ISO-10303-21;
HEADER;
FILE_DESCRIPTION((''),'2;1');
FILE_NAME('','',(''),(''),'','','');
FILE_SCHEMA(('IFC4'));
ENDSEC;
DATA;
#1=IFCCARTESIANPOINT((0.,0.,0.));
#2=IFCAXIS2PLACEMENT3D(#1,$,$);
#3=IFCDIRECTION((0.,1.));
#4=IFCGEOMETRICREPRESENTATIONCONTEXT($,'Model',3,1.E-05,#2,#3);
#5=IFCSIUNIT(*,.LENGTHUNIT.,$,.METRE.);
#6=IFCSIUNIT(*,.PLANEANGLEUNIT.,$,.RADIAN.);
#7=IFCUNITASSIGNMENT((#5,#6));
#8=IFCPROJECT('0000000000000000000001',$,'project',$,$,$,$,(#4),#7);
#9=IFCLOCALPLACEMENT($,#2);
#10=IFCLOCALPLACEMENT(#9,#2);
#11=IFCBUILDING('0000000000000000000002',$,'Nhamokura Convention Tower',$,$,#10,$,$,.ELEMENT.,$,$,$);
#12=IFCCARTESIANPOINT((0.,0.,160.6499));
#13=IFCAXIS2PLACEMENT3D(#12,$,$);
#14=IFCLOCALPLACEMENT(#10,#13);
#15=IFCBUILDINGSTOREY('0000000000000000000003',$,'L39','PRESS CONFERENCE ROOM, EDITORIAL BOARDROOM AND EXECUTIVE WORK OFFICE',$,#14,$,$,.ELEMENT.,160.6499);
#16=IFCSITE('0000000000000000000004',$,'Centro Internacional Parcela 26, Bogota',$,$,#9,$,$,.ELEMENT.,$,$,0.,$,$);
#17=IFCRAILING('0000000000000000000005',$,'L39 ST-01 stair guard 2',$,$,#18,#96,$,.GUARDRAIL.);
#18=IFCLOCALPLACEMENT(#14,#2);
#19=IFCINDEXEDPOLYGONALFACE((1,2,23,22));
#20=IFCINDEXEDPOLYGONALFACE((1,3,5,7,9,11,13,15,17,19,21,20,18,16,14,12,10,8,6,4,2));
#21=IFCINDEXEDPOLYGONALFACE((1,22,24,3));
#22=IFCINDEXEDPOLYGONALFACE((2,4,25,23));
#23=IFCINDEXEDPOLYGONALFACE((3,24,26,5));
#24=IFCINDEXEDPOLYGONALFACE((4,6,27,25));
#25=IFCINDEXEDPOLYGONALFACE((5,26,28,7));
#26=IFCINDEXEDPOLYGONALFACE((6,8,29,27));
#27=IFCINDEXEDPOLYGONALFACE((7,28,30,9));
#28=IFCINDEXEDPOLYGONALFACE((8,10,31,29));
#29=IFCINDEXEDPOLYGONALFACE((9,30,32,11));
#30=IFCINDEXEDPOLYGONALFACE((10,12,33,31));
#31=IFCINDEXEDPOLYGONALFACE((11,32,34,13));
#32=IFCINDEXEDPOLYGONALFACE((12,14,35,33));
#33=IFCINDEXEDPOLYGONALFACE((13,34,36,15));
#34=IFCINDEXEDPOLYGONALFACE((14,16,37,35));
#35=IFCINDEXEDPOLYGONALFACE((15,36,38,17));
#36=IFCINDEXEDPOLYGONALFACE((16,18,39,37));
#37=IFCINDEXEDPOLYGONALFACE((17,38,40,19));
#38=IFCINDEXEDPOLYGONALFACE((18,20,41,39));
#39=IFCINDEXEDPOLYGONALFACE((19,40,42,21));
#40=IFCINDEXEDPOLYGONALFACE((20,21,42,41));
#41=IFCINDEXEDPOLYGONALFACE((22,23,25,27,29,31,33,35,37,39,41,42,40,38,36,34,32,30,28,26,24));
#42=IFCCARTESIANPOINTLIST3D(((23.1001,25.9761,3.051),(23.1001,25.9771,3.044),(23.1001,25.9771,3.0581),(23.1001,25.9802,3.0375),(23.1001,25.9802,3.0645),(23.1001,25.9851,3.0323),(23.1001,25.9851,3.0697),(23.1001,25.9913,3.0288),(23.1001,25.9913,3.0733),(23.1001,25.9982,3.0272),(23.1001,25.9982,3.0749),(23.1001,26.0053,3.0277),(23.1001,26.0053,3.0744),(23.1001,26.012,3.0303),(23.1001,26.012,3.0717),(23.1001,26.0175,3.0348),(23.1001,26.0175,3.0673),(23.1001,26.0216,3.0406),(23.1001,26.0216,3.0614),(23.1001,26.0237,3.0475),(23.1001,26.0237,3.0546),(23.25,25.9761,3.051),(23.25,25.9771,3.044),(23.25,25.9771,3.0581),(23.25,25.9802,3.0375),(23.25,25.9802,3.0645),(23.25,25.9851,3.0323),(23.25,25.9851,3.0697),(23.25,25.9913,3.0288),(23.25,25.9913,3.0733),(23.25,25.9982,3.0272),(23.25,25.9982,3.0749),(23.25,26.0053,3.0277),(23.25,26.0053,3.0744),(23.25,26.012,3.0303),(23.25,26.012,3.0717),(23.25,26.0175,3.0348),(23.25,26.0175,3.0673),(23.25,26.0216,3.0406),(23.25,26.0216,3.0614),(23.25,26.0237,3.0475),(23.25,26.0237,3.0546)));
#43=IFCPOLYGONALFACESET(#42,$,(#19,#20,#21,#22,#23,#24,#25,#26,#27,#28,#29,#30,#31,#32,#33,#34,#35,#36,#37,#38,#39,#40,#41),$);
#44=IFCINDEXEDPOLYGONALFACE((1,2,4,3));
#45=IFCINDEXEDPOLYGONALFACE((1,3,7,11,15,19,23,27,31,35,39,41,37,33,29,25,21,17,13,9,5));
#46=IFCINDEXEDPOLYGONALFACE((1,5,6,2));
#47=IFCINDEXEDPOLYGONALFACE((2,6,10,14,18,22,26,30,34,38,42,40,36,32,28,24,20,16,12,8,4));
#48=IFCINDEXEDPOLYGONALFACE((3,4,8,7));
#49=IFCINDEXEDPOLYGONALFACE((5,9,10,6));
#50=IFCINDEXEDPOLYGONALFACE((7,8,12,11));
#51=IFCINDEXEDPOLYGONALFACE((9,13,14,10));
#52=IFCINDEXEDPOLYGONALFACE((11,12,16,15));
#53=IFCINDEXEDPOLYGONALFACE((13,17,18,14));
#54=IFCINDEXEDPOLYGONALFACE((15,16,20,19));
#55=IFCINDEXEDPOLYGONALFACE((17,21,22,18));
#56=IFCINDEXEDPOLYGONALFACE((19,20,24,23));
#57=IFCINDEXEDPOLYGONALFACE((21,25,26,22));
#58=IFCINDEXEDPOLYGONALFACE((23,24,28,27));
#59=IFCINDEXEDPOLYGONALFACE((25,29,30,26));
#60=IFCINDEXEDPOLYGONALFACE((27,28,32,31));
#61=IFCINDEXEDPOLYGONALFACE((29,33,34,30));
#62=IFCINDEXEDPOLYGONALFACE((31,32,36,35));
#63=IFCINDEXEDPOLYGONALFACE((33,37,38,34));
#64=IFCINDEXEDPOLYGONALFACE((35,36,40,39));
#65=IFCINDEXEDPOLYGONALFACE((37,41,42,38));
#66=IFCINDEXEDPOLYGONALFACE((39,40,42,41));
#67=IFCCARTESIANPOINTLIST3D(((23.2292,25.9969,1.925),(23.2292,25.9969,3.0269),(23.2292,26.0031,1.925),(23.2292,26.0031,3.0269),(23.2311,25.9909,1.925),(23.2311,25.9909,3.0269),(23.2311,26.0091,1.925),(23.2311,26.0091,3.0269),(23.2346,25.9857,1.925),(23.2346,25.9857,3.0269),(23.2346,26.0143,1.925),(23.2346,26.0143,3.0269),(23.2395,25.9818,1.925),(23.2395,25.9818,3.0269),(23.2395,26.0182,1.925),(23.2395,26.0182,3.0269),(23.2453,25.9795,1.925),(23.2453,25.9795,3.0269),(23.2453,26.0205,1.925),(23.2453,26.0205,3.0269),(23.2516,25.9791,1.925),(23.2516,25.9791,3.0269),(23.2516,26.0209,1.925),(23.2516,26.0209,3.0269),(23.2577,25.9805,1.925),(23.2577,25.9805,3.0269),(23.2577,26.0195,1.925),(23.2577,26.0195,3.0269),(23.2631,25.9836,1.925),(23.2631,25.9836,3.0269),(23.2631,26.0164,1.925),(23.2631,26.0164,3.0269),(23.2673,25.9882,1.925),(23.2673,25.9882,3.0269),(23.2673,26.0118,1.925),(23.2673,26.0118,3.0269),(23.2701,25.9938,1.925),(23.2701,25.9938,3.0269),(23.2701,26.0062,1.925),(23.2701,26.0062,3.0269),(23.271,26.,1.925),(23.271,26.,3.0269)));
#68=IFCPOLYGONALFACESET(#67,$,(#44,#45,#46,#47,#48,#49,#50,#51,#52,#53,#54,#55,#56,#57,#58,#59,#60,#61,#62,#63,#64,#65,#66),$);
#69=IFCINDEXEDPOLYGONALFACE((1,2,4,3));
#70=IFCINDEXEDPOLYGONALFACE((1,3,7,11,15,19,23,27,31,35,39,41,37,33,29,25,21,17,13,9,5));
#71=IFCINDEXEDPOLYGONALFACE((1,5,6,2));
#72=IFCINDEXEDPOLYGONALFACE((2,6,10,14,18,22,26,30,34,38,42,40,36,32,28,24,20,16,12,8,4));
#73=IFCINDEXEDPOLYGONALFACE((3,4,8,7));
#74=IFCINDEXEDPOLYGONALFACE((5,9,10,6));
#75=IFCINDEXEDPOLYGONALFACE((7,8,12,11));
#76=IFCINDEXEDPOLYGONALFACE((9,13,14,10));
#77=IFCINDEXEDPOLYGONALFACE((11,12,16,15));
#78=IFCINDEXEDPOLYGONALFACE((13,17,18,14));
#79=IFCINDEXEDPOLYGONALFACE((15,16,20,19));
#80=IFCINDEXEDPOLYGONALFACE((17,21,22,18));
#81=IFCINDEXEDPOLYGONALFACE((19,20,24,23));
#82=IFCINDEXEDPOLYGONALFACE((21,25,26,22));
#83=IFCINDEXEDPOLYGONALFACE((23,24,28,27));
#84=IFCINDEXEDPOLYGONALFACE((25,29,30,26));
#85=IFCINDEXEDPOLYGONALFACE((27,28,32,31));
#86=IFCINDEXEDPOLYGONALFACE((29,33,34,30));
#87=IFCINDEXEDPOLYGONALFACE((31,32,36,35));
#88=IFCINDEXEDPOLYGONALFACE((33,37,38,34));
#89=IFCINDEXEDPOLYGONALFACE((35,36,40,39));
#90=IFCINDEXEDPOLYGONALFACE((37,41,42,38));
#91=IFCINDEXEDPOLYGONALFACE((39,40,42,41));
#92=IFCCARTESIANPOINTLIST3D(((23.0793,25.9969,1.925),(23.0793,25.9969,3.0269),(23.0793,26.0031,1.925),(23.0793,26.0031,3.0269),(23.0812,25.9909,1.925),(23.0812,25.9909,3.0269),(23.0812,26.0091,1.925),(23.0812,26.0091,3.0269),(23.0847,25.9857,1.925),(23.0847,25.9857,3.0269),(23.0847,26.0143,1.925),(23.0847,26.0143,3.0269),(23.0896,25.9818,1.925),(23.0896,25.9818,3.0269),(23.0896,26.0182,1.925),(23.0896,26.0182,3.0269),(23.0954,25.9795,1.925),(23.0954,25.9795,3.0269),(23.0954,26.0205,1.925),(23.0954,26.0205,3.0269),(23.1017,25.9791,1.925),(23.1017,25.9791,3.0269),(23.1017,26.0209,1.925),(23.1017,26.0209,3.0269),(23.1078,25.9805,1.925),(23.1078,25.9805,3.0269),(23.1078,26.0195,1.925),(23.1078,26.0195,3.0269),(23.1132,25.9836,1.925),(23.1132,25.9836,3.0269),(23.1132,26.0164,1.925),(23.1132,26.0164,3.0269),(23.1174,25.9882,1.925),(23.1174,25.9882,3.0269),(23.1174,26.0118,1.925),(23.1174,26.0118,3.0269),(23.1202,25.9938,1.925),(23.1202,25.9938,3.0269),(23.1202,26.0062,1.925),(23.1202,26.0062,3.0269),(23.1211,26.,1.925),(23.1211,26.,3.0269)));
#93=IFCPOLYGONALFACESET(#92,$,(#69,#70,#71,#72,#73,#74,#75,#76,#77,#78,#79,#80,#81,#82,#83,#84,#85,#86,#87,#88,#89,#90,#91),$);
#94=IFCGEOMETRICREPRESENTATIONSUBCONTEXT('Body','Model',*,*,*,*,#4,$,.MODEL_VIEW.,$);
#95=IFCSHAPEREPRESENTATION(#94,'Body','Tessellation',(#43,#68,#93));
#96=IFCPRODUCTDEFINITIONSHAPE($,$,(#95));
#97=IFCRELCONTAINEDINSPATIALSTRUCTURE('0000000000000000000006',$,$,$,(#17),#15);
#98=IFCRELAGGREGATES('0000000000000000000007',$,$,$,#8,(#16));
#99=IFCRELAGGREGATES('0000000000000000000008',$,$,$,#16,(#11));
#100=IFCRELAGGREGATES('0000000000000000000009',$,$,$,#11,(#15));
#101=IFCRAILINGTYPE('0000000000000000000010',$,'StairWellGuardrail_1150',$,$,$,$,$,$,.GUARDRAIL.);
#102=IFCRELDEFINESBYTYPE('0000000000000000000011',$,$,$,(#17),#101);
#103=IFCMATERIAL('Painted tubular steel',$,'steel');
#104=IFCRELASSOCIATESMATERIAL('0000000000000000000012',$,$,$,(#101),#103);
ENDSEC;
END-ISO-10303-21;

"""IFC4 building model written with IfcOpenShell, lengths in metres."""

from ifc_helpers import new_model, si_unit, direction, frame, origin, origin_2d, place, context, subcontext, project, spatial, circle, extrude, material, type_object, element, save


model = new_model("IFC4")

# Units and contexts
model_context = context("Model", 3, precision=1e-05, world=origin(), true_north=direction((0.0, 1.0)))
body_context = subcontext(model_context, "Body", "Model", "MODEL_VIEW")
ifc_project = project(units=[si_unit("LENGTHUNIT", "METRE"), si_unit("PLANEANGLEUNIT", "RADIAN")], contexts=[model_context])

# Site, building, storey
site_placement = place(None, origin())
site = spatial("IfcSite", under=ifc_project, at=site_placement, Name="Centro Internacional Parcela 26, Bogota", CompositionType="ELEMENT", RefElevation=0.0)
building_placement = place(site_placement, origin())
building = spatial("IfcBuilding", under=site, at=building_placement, Name="Nhamokura Convention Tower", CompositionType="ELEMENT")
storey_placement = place(building_placement, frame((0.0, 0.0, 160.6499)))
storey = spatial("IfcBuildingStorey", under=building, at=storey_placement, Name="L39", Description="PRESS CONFERENCE ROOM, EDITORIAL BOARDROOM AND EXECUTIVE WORK OFFICE", CompositionType="ELEMENT", Elevation=160.6499)

# Railing
ifc_material_1 = material(Name="Painted tubular steel", Category="steel")
railing_type_1 = type_object("IfcRailingType", Name="StairWellGuardrail_1150", PredefinedType="GUARDRAIL", material=ifc_material_1)
railing_1_placement = place(storey_placement, frame((23.25, 26.0, 1.925)))
element("IfcRailing", 1, at=railing_1_placement, inside=storey, type_object=railing_type_1, Name="L39 ST-01 stair guard 2", PredefinedType="GUARDRAIL", context=body_context, shape_type="SweptSolid", body=[
    extrude(circle(Radius=0.0239, at=origin_2d()), frame((0.0, 0.0, 1.126), z_axis=(-1.0, 0.0, 0.0), x_axis=(0.0, -1.0, 0.0)), (0.0, 0.0, 1.0), 0.1499),
    extrude(circle(Radius=0.021, at=origin_2d()), origin(), (0.0, 0.0, 1.0), 1.1018),
    extrude(circle(Radius=0.021, at=origin_2d()), frame((-0.1499, 0.0, 0.0)), (0.0, 0.0, 1.0), 1.1018),
])

save(model, "model.ifc")
